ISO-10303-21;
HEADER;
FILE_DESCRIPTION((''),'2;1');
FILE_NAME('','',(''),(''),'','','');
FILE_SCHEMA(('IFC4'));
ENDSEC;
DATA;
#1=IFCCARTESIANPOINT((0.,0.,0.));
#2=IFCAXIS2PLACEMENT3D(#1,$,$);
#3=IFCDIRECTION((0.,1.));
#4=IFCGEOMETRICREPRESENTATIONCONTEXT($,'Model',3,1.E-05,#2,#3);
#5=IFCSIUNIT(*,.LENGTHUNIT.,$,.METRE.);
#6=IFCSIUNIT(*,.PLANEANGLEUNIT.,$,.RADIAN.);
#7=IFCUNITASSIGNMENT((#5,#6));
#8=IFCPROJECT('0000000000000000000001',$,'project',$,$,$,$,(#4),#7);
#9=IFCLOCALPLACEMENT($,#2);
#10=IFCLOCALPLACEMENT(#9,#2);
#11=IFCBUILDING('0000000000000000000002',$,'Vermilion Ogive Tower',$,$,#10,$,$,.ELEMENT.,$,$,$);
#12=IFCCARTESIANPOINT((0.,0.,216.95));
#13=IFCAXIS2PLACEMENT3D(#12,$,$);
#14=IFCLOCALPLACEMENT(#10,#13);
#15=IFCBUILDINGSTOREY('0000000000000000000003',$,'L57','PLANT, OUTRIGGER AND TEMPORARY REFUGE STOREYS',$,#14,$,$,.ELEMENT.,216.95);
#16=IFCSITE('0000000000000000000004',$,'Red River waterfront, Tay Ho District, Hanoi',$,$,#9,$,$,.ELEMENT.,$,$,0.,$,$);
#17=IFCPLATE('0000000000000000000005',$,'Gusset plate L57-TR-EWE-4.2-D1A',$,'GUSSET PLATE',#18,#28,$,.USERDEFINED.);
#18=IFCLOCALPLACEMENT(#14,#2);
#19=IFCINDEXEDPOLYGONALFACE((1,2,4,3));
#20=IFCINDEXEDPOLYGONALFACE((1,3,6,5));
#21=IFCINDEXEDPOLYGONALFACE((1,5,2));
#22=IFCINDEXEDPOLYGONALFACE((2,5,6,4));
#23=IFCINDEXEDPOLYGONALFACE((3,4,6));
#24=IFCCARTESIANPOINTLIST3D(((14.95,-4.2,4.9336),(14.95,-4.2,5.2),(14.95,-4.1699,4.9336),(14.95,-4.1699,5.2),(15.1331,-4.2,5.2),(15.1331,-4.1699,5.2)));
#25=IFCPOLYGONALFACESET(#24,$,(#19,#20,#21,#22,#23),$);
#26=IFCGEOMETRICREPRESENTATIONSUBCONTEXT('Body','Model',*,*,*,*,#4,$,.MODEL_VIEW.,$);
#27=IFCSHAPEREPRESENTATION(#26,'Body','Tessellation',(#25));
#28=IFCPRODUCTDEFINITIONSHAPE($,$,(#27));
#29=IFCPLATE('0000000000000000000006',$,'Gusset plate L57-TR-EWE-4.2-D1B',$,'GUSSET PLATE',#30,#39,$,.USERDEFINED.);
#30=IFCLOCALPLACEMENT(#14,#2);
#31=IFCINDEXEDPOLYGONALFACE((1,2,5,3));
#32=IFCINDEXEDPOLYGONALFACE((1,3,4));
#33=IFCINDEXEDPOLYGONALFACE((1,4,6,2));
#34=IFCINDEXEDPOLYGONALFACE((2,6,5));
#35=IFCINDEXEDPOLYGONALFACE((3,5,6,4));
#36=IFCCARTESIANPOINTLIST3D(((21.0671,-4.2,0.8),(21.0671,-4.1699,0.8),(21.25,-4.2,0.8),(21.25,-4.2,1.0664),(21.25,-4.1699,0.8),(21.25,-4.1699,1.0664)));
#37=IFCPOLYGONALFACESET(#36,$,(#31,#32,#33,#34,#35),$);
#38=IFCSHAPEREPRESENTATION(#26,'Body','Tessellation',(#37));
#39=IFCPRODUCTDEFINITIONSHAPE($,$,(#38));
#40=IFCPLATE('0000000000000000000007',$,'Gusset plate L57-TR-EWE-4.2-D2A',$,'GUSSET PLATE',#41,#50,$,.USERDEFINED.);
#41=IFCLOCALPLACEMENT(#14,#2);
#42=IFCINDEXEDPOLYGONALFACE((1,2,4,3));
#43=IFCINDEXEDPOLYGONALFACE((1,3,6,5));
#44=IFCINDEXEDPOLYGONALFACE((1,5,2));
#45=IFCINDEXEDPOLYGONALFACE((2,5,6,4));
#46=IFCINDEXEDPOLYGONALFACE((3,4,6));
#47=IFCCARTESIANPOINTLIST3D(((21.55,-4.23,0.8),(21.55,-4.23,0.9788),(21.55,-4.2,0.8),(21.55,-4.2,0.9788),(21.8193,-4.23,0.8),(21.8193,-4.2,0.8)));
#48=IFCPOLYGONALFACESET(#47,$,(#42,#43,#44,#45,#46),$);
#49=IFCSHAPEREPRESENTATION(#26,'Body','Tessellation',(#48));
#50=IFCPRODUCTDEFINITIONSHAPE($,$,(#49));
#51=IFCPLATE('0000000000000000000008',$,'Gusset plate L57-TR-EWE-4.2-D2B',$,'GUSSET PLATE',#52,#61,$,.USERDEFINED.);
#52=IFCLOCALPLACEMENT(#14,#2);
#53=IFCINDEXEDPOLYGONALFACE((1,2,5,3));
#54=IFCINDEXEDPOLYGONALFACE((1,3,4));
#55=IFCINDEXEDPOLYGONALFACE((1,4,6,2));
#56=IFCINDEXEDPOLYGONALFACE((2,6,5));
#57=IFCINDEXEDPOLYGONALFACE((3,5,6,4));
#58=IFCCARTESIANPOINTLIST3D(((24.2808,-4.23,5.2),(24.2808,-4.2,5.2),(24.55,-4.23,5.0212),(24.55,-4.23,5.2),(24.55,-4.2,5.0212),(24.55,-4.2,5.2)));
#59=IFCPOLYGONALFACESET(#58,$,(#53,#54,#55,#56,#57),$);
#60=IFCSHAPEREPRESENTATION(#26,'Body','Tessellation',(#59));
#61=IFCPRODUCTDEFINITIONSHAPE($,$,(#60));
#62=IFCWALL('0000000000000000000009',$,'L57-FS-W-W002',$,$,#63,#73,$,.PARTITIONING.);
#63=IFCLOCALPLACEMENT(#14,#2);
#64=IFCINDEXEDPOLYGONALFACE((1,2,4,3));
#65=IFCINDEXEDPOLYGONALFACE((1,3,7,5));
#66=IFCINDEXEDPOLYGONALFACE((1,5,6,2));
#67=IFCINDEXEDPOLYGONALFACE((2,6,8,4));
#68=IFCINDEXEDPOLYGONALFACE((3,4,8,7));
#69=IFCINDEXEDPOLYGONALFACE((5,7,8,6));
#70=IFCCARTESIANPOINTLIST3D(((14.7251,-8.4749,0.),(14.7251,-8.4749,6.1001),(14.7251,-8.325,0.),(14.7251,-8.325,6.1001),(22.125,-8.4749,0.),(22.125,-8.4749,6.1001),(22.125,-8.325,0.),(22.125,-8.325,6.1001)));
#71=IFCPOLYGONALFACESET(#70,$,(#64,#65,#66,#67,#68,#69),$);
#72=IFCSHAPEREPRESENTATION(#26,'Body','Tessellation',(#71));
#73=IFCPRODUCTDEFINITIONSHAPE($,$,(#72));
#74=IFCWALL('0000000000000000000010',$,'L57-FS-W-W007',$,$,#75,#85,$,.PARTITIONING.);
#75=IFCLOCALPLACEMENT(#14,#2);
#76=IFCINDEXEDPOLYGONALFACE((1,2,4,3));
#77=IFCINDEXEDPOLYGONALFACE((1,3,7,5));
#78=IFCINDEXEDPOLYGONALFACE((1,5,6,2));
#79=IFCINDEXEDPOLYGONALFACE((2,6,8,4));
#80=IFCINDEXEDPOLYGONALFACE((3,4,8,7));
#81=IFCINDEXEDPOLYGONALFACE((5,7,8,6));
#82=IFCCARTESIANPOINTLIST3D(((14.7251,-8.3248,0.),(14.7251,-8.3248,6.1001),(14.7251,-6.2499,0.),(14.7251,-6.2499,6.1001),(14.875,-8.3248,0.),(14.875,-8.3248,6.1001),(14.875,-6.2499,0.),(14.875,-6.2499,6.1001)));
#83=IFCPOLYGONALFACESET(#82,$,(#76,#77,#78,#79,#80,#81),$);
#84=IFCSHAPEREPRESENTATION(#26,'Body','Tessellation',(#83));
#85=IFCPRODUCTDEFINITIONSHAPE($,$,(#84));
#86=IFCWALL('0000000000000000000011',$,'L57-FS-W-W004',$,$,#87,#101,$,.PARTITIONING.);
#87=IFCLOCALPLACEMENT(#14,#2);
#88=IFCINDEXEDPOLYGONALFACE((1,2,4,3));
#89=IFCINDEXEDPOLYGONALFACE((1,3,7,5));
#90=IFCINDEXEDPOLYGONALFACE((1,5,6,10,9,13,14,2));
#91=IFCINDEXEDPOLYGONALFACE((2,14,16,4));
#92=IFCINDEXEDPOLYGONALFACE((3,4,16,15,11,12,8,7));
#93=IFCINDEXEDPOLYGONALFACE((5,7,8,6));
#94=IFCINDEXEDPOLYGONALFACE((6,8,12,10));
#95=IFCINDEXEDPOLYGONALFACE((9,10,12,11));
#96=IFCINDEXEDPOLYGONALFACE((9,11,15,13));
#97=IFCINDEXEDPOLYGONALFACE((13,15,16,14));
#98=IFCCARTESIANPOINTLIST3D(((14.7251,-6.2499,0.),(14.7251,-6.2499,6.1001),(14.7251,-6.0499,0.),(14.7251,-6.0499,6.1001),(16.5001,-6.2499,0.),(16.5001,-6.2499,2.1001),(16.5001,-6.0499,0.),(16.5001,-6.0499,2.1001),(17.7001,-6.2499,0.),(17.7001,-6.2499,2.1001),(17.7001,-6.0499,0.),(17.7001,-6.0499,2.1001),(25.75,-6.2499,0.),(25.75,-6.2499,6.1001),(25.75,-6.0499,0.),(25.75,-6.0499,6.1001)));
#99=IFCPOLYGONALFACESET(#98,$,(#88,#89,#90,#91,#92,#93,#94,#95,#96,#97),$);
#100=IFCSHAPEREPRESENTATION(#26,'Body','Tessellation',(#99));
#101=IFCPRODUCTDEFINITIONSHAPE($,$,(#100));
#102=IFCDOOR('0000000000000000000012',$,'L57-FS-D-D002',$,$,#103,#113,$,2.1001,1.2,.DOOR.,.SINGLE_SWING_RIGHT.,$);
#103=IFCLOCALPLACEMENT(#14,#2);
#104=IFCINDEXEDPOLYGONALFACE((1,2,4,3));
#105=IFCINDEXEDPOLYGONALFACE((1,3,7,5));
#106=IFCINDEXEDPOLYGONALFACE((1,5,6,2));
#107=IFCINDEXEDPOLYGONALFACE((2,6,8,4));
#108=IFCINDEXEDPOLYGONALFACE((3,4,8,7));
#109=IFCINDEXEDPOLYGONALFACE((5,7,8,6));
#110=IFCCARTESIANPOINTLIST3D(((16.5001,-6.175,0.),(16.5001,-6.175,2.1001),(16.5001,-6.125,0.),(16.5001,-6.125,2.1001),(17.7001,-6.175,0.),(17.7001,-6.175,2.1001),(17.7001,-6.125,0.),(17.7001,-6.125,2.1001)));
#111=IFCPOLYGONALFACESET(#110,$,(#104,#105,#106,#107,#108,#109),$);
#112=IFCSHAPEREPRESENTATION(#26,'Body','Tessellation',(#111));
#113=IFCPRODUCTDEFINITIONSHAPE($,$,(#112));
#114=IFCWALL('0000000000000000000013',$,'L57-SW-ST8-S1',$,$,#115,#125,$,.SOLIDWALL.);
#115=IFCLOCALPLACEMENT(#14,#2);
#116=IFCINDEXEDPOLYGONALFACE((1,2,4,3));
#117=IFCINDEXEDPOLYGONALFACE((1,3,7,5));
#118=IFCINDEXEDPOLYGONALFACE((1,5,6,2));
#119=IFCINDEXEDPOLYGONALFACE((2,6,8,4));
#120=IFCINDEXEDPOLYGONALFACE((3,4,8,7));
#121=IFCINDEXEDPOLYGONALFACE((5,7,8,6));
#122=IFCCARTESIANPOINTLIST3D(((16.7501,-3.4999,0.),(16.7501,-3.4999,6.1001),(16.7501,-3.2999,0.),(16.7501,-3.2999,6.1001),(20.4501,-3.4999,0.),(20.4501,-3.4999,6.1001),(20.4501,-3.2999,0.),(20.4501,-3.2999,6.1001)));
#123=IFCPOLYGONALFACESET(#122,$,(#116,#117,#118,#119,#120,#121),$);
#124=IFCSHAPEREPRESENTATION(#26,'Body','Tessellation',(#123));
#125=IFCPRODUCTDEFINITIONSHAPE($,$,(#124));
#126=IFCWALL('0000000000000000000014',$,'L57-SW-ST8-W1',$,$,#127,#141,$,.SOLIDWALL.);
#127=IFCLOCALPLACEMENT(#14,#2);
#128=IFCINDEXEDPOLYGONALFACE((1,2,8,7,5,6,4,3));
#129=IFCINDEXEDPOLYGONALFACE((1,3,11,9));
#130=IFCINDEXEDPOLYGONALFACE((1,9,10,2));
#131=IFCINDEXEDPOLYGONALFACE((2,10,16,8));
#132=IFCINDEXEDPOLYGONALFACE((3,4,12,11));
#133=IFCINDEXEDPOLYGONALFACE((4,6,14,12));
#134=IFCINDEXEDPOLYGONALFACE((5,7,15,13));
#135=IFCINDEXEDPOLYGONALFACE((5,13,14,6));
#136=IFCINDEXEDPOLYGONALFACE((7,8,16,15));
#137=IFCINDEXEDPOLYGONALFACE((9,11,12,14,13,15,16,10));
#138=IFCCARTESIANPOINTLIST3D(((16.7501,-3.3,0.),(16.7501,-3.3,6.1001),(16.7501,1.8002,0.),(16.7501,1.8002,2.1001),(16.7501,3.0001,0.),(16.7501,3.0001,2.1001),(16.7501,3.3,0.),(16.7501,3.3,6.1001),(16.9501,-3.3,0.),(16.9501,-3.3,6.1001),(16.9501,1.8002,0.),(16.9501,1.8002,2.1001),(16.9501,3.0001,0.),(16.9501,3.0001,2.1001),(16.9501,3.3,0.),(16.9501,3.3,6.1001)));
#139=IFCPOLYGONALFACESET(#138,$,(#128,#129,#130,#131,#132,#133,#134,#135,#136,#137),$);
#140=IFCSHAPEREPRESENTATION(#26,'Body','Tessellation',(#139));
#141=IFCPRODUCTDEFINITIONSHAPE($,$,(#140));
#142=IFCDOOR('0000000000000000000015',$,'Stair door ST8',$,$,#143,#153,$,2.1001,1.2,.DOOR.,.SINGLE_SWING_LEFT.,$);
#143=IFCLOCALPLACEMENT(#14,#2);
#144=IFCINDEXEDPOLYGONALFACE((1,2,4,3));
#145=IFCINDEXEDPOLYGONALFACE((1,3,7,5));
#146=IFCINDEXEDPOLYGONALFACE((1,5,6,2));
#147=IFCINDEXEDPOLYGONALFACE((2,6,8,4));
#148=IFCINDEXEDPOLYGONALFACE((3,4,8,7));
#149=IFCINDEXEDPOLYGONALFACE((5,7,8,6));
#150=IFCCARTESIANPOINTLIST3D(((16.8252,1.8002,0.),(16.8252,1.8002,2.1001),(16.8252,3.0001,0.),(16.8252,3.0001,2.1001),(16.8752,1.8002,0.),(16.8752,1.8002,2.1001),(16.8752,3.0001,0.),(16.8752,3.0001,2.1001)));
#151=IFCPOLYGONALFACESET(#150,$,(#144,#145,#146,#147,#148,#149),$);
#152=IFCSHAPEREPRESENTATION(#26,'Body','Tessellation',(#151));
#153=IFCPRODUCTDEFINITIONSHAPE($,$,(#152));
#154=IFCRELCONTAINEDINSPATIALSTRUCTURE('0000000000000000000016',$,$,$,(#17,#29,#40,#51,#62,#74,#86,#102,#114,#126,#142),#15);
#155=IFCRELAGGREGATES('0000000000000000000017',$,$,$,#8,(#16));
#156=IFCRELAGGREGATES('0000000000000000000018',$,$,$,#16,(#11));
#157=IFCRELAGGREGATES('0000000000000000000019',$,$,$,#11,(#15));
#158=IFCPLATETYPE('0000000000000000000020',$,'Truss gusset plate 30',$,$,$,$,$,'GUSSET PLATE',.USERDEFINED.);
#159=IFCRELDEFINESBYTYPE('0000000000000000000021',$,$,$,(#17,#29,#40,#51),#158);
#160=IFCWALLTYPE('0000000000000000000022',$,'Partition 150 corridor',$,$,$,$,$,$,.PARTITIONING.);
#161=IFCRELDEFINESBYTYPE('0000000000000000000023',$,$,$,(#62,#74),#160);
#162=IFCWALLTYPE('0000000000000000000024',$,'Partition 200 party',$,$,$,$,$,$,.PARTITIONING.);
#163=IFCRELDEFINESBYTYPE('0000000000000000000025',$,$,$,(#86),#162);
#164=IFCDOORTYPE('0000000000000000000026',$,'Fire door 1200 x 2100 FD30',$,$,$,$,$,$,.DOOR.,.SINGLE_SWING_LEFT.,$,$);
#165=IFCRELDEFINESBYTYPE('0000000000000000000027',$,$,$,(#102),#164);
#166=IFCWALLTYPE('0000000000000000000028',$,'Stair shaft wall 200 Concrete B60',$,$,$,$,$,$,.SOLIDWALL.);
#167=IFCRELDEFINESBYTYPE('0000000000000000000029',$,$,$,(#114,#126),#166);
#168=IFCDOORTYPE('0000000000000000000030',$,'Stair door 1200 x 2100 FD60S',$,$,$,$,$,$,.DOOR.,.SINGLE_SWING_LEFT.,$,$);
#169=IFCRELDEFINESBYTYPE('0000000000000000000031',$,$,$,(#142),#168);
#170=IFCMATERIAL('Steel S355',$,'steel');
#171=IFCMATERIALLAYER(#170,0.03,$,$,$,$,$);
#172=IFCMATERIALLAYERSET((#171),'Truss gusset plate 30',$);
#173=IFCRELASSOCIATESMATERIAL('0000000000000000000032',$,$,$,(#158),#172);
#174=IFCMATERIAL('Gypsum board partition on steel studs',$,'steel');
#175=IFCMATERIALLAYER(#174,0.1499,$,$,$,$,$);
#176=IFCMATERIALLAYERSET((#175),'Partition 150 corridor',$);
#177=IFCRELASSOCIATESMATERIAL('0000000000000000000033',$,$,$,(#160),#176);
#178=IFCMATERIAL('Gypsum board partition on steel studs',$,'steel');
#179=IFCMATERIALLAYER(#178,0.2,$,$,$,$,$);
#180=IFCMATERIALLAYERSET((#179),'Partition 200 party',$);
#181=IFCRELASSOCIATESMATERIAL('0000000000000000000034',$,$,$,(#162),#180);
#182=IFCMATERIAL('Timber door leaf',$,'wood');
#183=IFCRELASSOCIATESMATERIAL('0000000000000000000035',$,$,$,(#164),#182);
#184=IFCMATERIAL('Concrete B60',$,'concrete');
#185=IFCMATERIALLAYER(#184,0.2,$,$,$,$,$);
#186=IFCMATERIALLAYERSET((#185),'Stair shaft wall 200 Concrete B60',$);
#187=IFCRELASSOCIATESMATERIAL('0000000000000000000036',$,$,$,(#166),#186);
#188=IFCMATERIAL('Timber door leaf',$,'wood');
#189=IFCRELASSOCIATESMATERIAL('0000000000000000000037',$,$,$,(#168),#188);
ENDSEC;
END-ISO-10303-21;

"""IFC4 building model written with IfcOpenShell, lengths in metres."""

from ifc_helpers import new_model, si_unit, direction, frame, frame_2d, origin, place, context, subcontext, project, spatial, polyline, rectangle, outline, extrude, material, layer, layer_set, type_object, element, fill, save


model = new_model("IFC4")

# Units and contexts
model_context = context("Model", 3, precision=1e-05, world=origin(), true_north=direction((0.0, 1.0)))
body_context = subcontext(model_context, "Body", "Model", "MODEL_VIEW")
ifc_project = project(units=[si_unit("LENGTHUNIT", "METRE"), si_unit("PLANEANGLEUNIT", "RADIAN")], contexts=[model_context])

# Site, building, storey
site_placement = place(None, origin())
site = spatial("IfcSite", under=ifc_project, at=site_placement, Name="Red River waterfront, Tay Ho District, Hanoi", CompositionType="ELEMENT", RefElevation=0.0)
building_placement = place(site_placement, origin())
building = spatial("IfcBuilding", under=site, at=building_placement, Name="Vermilion Ogive Tower", CompositionType="ELEMENT")
storey_placement = place(building_placement, frame((0.0, 0.0, 216.95)))
storey = spatial("IfcBuildingStorey", under=building, at=storey_placement, Name="L57", Description="PLANT, OUTRIGGER AND TEMPORARY REFUGE STOREYS", CompositionType="ELEMENT", Elevation=216.95)

# Plates
ifc_material_1 = material(Name="Steel S355", Category="steel")
ifc_layer_1 = layer(ifc_material_1, 0.03)
ifc_layer_set_1 = layer_set([ifc_layer_1], Name="Truss gusset plate 30")
plate_type_1 = type_object("IfcPlateType", Name="Truss gusset plate 30", ElementType="GUSSET PLATE", PredefinedType="USERDEFINED", material=ifc_layer_set_1)
plate_1_placement = place(storey_placement, frame((14.95, -4.2, 4.9336), z_axis=(0.0, -1.0, 0.0), x_axis=(0.566497, 0.0, 0.824064)))
element("IfcPlate", 1, at=plate_1_placement, inside=storey, type_object=plate_type_1, Name="Gusset plate L57-TR-EWE-4.2-D1A", ObjectType="GUSSET PLATE", PredefinedType="USERDEFINED", context=body_context, shape_type="SweptSolid", body=[
    extrude(outline(polyline([(0.0, 0.0), (0.3232, 0.0), (0.2195, 0.1509), (0.0, 0.0)])), origin(), (0.0, 0.0, -1.0), 0.03),
])
plate_2_placement = place(storey_placement, frame((21.25, -4.2, 1.0664), z_axis=(0.0, -1.0, 0.0), x_axis=(-0.565984, 0.0, -0.824417)))
element("IfcPlate", 2, at=plate_2_placement, inside=storey, type_object=plate_type_1, Name="Gusset plate L57-TR-EWE-4.2-D1B", ObjectType="GUSSET PLATE", PredefinedType="USERDEFINED", context=body_context, shape_type="SweptSolid", body=[
    extrude(outline(polyline([(0.0, 0.0), (0.3231, 0.0), (0.2196, 0.1508), (0.0, 0.0)])), origin(), (0.0, 0.0, -1.0), 0.03),
])
for number, where, z_axis, x_axis, name in (
    (3, (21.55, -4.2, 0.9788), (0.0, 1.0, 0.0), (0.833211, 0.0, -0.552956), "Gusset plate L57-TR-EWE-4.2-D2A"),
    (4, (24.55, -4.2, 5.0212), (0.0, 1.0, 0.0), (-0.833211, 0.0, 0.552956), "Gusset plate L57-TR-EWE-4.2-D2B"),
):
    element("IfcPlate", number, at=place(storey_placement, frame(where, z_axis=z_axis, x_axis=x_axis)), inside=storey, type_object=plate_type_1, Name=name, ObjectType="GUSSET PLATE", PredefinedType="USERDEFINED", context=body_context, shape_type="SweptSolid", body=[
        extrude(outline(polyline([(0.0, 0.0), (0.3232, 0.0), (0.0988, 0.1489), (0.0, 0.0)])), origin(), (0.0, 0.0, -1.0), 0.03),
    ])

# Walls
ifc_material_2 = material(Name="Gypsum board partition on steel studs", Category="steel")
ifc_layer_2 = layer(ifc_material_2, 0.1499)
ifc_layer_set_2 = layer_set([ifc_layer_2], Name="Partition 150 corridor")
wall_type_1 = type_object("IfcWallType", Name="Partition 150 corridor", PredefinedType="PARTITIONING", material=ifc_layer_set_2)
wall_1_placement = place(storey_placement, frame((14.7251, -8.3999, 0.0), z_axis=(0.0, 0.0, 1.0), x_axis=(1.0, 0.0, 0.0)))
element("IfcWall", 5, at=wall_1_placement, inside=storey, type_object=wall_type_1, Name="L57-FS-W-W002", PredefinedType="PARTITIONING", context=body_context, shape_type="SweptSolid", body=[
    extrude(rectangle(XDim=7.3999, YDim=0.1499, at=frame_2d((3.7, 0.0))), origin(), (0.0, 0.0, 1.0), 6.1001),
])
wall_2_placement = place(storey_placement, frame((14.8, -8.325, 0.0), z_axis=(0.0, 0.0, 1.0), x_axis=(0.0, 1.0, 0.0)))
element("IfcWall", 6, at=wall_2_placement, inside=storey, type_object=wall_type_1, Name="L57-FS-W-W007", PredefinedType="PARTITIONING", context=body_context, shape_type="SweptSolid", body=[
    extrude(rectangle(XDim=2.075, YDim=0.1499, at=frame_2d((1.0376, 0.0))), origin(), (0.0, 0.0, 1.0), 6.1001),
])

# Wall, opening, door
ifc_material_3 = material(Name="Gypsum board partition on steel studs", Category="steel")
ifc_layer_3 = layer(ifc_material_3, 0.2)
ifc_layer_set_3 = layer_set([ifc_layer_3], Name="Partition 200 party")
wall_type_2 = type_object("IfcWallType", Name="Partition 200 party", PredefinedType="PARTITIONING", material=ifc_layer_set_3)
wall_3_placement = place(storey_placement, frame((14.7251, -6.1499, 0.0), z_axis=(0.0, 0.0, 1.0), x_axis=(1.0, 0.0, 0.0)))
wall_3 = element("IfcWall", 7, at=wall_3_placement, inside=storey, type_object=wall_type_2, Name="L57-FS-W-W004", PredefinedType="PARTITIONING", context=body_context, shape_type="SweptSolid", body=[
    extrude(rectangle(XDim=11.0249, YDim=0.2, at=frame_2d((5.5125, 0.0))), origin(), (0.0, 0.0, 1.0), 6.1001),
])
opening_1_placement = place(wall_3_placement, frame((1.7749, 0.0, 0.0)))
opening_1 = element("IfcOpeningElement", 8, at=opening_1_placement, cuts=wall_3, PredefinedType="OPENING", context=body_context, shape_type="SweptSolid", body=[
    extrude(rectangle(XDim=1.2, YDim=2.1001, at=frame_2d((0.6001, 1.05))), frame((0.0, 0.1099, 0.0), z_axis=(0.0, -1.0, 0.0), x_axis=(1.0, 0.0, 0.0)), (0.0, 0.0, 1.0), 0.22),
])
ifc_material_4 = material(Name="Timber door leaf", Category="wood")
door_type_1 = type_object("IfcDoorType", Name="Fire door 1200 x 2100 FD30", OperationType="SINGLE_SWING_LEFT", PredefinedType="DOOR", material=ifc_material_4)
door_1_placement = place(opening_1_placement, origin())
door_1 = element("IfcDoor", 9, at=door_1_placement, inside=storey, type_object=door_type_1, Name="L57-FS-D-D002", OperationType="SINGLE_SWING_RIGHT", OverallHeight=2.1001, OverallWidth=1.2, PredefinedType="DOOR", context=body_context, shape_type="SweptSolid", body=[
    extrude(rectangle(XDim=1.2, YDim=2.1001, at=frame_2d((0.6001, 1.05))), frame((0.0, 0.0249, 0.0), z_axis=(0.0, -1.0, 0.0), x_axis=(1.0, 0.0, 0.0)), (0.0, 0.0, 1.0), 0.05),
])
fill(opening_1, door_1)

# Wall
ifc_material_5 = material(Name="Concrete B60", Category="concrete")
ifc_layer_4 = layer(ifc_material_5, 0.2)
ifc_layer_set_4 = layer_set([ifc_layer_4], Name="Stair shaft wall 200 Concrete B60")
wall_type_3 = type_object("IfcWallType", Name="Stair shaft wall 200 Concrete B60", PredefinedType="SOLIDWALL", material=ifc_layer_set_4)
wall_4_placement = place(storey_placement, frame((16.75, -3.3999, 0.0), z_axis=(0.0, 0.0, 1.0), x_axis=(1.0, 0.0, 0.0)))
element("IfcWall", 10, at=wall_4_placement, inside=storey, type_object=wall_type_3, Name="L57-SW-ST8-S1", PredefinedType="SOLIDWALL", context=body_context, shape_type="SweptSolid", body=[
    extrude(rectangle(XDim=3.7, YDim=0.2, at=frame_2d((1.8501, 0.0))), origin(), (0.0, 0.0, 1.0), 6.1001),
])

# Wall, opening, door
wall_5_placement = place(storey_placement, frame((16.8501, -3.3, 0.0), z_axis=(0.0, 0.0, 1.0), x_axis=(0.0, 1.0, 0.0)))
wall_5 = element("IfcWall", 11, at=wall_5_placement, inside=storey, type_object=wall_type_3, Name="L57-SW-ST8-W1", PredefinedType="SOLIDWALL", context=body_context, shape_type="SweptSolid", body=[
    extrude(rectangle(XDim=6.6001, YDim=0.2, at=frame_2d((3.3, 0.0))), origin(), (0.0, 0.0, 1.0), 6.1001),
])
opening_2_placement = place(wall_5_placement, frame((5.1001, 0.0, 0.0)))
opening_2 = element("IfcOpeningElement", 12, at=opening_2_placement, cuts=wall_5, PredefinedType="OPENING", context=body_context, shape_type="SweptSolid", body=[
    extrude(rectangle(XDim=1.2, YDim=2.1001, at=frame_2d((0.6001, 1.05))), frame((0.0, 0.1099, 0.0), z_axis=(0.0, -1.0, 0.0), x_axis=(1.0, 0.0, 0.0)), (0.0, 0.0, 1.0), 0.22),
])
ifc_material_6 = material(Name="Timber door leaf", Category="wood")
door_type_2 = type_object("IfcDoorType", Name="Stair door 1200 x 2100 FD60S", OperationType="SINGLE_SWING_LEFT", PredefinedType="DOOR", material=ifc_material_6)
door_2_placement = place(opening_2_placement, origin())
door_2 = element("IfcDoor", 13, at=door_2_placement, inside=storey, type_object=door_type_2, Name="Stair door ST8", OperationType="SINGLE_SWING_LEFT", OverallHeight=2.1001, OverallWidth=1.2, PredefinedType="DOOR", context=body_context, shape_type="SweptSolid", body=[
    extrude(rectangle(XDim=1.2, YDim=2.1001, at=frame_2d((0.6001, 1.05))), frame((0.0, 0.0249, 0.0), z_axis=(0.0, -1.0, 0.0), x_axis=(1.0, 0.0, 0.0)), (0.0, 0.0, 1.0), 0.05),
])
fill(opening_2, door_2)

save(model, "model.ifc")
